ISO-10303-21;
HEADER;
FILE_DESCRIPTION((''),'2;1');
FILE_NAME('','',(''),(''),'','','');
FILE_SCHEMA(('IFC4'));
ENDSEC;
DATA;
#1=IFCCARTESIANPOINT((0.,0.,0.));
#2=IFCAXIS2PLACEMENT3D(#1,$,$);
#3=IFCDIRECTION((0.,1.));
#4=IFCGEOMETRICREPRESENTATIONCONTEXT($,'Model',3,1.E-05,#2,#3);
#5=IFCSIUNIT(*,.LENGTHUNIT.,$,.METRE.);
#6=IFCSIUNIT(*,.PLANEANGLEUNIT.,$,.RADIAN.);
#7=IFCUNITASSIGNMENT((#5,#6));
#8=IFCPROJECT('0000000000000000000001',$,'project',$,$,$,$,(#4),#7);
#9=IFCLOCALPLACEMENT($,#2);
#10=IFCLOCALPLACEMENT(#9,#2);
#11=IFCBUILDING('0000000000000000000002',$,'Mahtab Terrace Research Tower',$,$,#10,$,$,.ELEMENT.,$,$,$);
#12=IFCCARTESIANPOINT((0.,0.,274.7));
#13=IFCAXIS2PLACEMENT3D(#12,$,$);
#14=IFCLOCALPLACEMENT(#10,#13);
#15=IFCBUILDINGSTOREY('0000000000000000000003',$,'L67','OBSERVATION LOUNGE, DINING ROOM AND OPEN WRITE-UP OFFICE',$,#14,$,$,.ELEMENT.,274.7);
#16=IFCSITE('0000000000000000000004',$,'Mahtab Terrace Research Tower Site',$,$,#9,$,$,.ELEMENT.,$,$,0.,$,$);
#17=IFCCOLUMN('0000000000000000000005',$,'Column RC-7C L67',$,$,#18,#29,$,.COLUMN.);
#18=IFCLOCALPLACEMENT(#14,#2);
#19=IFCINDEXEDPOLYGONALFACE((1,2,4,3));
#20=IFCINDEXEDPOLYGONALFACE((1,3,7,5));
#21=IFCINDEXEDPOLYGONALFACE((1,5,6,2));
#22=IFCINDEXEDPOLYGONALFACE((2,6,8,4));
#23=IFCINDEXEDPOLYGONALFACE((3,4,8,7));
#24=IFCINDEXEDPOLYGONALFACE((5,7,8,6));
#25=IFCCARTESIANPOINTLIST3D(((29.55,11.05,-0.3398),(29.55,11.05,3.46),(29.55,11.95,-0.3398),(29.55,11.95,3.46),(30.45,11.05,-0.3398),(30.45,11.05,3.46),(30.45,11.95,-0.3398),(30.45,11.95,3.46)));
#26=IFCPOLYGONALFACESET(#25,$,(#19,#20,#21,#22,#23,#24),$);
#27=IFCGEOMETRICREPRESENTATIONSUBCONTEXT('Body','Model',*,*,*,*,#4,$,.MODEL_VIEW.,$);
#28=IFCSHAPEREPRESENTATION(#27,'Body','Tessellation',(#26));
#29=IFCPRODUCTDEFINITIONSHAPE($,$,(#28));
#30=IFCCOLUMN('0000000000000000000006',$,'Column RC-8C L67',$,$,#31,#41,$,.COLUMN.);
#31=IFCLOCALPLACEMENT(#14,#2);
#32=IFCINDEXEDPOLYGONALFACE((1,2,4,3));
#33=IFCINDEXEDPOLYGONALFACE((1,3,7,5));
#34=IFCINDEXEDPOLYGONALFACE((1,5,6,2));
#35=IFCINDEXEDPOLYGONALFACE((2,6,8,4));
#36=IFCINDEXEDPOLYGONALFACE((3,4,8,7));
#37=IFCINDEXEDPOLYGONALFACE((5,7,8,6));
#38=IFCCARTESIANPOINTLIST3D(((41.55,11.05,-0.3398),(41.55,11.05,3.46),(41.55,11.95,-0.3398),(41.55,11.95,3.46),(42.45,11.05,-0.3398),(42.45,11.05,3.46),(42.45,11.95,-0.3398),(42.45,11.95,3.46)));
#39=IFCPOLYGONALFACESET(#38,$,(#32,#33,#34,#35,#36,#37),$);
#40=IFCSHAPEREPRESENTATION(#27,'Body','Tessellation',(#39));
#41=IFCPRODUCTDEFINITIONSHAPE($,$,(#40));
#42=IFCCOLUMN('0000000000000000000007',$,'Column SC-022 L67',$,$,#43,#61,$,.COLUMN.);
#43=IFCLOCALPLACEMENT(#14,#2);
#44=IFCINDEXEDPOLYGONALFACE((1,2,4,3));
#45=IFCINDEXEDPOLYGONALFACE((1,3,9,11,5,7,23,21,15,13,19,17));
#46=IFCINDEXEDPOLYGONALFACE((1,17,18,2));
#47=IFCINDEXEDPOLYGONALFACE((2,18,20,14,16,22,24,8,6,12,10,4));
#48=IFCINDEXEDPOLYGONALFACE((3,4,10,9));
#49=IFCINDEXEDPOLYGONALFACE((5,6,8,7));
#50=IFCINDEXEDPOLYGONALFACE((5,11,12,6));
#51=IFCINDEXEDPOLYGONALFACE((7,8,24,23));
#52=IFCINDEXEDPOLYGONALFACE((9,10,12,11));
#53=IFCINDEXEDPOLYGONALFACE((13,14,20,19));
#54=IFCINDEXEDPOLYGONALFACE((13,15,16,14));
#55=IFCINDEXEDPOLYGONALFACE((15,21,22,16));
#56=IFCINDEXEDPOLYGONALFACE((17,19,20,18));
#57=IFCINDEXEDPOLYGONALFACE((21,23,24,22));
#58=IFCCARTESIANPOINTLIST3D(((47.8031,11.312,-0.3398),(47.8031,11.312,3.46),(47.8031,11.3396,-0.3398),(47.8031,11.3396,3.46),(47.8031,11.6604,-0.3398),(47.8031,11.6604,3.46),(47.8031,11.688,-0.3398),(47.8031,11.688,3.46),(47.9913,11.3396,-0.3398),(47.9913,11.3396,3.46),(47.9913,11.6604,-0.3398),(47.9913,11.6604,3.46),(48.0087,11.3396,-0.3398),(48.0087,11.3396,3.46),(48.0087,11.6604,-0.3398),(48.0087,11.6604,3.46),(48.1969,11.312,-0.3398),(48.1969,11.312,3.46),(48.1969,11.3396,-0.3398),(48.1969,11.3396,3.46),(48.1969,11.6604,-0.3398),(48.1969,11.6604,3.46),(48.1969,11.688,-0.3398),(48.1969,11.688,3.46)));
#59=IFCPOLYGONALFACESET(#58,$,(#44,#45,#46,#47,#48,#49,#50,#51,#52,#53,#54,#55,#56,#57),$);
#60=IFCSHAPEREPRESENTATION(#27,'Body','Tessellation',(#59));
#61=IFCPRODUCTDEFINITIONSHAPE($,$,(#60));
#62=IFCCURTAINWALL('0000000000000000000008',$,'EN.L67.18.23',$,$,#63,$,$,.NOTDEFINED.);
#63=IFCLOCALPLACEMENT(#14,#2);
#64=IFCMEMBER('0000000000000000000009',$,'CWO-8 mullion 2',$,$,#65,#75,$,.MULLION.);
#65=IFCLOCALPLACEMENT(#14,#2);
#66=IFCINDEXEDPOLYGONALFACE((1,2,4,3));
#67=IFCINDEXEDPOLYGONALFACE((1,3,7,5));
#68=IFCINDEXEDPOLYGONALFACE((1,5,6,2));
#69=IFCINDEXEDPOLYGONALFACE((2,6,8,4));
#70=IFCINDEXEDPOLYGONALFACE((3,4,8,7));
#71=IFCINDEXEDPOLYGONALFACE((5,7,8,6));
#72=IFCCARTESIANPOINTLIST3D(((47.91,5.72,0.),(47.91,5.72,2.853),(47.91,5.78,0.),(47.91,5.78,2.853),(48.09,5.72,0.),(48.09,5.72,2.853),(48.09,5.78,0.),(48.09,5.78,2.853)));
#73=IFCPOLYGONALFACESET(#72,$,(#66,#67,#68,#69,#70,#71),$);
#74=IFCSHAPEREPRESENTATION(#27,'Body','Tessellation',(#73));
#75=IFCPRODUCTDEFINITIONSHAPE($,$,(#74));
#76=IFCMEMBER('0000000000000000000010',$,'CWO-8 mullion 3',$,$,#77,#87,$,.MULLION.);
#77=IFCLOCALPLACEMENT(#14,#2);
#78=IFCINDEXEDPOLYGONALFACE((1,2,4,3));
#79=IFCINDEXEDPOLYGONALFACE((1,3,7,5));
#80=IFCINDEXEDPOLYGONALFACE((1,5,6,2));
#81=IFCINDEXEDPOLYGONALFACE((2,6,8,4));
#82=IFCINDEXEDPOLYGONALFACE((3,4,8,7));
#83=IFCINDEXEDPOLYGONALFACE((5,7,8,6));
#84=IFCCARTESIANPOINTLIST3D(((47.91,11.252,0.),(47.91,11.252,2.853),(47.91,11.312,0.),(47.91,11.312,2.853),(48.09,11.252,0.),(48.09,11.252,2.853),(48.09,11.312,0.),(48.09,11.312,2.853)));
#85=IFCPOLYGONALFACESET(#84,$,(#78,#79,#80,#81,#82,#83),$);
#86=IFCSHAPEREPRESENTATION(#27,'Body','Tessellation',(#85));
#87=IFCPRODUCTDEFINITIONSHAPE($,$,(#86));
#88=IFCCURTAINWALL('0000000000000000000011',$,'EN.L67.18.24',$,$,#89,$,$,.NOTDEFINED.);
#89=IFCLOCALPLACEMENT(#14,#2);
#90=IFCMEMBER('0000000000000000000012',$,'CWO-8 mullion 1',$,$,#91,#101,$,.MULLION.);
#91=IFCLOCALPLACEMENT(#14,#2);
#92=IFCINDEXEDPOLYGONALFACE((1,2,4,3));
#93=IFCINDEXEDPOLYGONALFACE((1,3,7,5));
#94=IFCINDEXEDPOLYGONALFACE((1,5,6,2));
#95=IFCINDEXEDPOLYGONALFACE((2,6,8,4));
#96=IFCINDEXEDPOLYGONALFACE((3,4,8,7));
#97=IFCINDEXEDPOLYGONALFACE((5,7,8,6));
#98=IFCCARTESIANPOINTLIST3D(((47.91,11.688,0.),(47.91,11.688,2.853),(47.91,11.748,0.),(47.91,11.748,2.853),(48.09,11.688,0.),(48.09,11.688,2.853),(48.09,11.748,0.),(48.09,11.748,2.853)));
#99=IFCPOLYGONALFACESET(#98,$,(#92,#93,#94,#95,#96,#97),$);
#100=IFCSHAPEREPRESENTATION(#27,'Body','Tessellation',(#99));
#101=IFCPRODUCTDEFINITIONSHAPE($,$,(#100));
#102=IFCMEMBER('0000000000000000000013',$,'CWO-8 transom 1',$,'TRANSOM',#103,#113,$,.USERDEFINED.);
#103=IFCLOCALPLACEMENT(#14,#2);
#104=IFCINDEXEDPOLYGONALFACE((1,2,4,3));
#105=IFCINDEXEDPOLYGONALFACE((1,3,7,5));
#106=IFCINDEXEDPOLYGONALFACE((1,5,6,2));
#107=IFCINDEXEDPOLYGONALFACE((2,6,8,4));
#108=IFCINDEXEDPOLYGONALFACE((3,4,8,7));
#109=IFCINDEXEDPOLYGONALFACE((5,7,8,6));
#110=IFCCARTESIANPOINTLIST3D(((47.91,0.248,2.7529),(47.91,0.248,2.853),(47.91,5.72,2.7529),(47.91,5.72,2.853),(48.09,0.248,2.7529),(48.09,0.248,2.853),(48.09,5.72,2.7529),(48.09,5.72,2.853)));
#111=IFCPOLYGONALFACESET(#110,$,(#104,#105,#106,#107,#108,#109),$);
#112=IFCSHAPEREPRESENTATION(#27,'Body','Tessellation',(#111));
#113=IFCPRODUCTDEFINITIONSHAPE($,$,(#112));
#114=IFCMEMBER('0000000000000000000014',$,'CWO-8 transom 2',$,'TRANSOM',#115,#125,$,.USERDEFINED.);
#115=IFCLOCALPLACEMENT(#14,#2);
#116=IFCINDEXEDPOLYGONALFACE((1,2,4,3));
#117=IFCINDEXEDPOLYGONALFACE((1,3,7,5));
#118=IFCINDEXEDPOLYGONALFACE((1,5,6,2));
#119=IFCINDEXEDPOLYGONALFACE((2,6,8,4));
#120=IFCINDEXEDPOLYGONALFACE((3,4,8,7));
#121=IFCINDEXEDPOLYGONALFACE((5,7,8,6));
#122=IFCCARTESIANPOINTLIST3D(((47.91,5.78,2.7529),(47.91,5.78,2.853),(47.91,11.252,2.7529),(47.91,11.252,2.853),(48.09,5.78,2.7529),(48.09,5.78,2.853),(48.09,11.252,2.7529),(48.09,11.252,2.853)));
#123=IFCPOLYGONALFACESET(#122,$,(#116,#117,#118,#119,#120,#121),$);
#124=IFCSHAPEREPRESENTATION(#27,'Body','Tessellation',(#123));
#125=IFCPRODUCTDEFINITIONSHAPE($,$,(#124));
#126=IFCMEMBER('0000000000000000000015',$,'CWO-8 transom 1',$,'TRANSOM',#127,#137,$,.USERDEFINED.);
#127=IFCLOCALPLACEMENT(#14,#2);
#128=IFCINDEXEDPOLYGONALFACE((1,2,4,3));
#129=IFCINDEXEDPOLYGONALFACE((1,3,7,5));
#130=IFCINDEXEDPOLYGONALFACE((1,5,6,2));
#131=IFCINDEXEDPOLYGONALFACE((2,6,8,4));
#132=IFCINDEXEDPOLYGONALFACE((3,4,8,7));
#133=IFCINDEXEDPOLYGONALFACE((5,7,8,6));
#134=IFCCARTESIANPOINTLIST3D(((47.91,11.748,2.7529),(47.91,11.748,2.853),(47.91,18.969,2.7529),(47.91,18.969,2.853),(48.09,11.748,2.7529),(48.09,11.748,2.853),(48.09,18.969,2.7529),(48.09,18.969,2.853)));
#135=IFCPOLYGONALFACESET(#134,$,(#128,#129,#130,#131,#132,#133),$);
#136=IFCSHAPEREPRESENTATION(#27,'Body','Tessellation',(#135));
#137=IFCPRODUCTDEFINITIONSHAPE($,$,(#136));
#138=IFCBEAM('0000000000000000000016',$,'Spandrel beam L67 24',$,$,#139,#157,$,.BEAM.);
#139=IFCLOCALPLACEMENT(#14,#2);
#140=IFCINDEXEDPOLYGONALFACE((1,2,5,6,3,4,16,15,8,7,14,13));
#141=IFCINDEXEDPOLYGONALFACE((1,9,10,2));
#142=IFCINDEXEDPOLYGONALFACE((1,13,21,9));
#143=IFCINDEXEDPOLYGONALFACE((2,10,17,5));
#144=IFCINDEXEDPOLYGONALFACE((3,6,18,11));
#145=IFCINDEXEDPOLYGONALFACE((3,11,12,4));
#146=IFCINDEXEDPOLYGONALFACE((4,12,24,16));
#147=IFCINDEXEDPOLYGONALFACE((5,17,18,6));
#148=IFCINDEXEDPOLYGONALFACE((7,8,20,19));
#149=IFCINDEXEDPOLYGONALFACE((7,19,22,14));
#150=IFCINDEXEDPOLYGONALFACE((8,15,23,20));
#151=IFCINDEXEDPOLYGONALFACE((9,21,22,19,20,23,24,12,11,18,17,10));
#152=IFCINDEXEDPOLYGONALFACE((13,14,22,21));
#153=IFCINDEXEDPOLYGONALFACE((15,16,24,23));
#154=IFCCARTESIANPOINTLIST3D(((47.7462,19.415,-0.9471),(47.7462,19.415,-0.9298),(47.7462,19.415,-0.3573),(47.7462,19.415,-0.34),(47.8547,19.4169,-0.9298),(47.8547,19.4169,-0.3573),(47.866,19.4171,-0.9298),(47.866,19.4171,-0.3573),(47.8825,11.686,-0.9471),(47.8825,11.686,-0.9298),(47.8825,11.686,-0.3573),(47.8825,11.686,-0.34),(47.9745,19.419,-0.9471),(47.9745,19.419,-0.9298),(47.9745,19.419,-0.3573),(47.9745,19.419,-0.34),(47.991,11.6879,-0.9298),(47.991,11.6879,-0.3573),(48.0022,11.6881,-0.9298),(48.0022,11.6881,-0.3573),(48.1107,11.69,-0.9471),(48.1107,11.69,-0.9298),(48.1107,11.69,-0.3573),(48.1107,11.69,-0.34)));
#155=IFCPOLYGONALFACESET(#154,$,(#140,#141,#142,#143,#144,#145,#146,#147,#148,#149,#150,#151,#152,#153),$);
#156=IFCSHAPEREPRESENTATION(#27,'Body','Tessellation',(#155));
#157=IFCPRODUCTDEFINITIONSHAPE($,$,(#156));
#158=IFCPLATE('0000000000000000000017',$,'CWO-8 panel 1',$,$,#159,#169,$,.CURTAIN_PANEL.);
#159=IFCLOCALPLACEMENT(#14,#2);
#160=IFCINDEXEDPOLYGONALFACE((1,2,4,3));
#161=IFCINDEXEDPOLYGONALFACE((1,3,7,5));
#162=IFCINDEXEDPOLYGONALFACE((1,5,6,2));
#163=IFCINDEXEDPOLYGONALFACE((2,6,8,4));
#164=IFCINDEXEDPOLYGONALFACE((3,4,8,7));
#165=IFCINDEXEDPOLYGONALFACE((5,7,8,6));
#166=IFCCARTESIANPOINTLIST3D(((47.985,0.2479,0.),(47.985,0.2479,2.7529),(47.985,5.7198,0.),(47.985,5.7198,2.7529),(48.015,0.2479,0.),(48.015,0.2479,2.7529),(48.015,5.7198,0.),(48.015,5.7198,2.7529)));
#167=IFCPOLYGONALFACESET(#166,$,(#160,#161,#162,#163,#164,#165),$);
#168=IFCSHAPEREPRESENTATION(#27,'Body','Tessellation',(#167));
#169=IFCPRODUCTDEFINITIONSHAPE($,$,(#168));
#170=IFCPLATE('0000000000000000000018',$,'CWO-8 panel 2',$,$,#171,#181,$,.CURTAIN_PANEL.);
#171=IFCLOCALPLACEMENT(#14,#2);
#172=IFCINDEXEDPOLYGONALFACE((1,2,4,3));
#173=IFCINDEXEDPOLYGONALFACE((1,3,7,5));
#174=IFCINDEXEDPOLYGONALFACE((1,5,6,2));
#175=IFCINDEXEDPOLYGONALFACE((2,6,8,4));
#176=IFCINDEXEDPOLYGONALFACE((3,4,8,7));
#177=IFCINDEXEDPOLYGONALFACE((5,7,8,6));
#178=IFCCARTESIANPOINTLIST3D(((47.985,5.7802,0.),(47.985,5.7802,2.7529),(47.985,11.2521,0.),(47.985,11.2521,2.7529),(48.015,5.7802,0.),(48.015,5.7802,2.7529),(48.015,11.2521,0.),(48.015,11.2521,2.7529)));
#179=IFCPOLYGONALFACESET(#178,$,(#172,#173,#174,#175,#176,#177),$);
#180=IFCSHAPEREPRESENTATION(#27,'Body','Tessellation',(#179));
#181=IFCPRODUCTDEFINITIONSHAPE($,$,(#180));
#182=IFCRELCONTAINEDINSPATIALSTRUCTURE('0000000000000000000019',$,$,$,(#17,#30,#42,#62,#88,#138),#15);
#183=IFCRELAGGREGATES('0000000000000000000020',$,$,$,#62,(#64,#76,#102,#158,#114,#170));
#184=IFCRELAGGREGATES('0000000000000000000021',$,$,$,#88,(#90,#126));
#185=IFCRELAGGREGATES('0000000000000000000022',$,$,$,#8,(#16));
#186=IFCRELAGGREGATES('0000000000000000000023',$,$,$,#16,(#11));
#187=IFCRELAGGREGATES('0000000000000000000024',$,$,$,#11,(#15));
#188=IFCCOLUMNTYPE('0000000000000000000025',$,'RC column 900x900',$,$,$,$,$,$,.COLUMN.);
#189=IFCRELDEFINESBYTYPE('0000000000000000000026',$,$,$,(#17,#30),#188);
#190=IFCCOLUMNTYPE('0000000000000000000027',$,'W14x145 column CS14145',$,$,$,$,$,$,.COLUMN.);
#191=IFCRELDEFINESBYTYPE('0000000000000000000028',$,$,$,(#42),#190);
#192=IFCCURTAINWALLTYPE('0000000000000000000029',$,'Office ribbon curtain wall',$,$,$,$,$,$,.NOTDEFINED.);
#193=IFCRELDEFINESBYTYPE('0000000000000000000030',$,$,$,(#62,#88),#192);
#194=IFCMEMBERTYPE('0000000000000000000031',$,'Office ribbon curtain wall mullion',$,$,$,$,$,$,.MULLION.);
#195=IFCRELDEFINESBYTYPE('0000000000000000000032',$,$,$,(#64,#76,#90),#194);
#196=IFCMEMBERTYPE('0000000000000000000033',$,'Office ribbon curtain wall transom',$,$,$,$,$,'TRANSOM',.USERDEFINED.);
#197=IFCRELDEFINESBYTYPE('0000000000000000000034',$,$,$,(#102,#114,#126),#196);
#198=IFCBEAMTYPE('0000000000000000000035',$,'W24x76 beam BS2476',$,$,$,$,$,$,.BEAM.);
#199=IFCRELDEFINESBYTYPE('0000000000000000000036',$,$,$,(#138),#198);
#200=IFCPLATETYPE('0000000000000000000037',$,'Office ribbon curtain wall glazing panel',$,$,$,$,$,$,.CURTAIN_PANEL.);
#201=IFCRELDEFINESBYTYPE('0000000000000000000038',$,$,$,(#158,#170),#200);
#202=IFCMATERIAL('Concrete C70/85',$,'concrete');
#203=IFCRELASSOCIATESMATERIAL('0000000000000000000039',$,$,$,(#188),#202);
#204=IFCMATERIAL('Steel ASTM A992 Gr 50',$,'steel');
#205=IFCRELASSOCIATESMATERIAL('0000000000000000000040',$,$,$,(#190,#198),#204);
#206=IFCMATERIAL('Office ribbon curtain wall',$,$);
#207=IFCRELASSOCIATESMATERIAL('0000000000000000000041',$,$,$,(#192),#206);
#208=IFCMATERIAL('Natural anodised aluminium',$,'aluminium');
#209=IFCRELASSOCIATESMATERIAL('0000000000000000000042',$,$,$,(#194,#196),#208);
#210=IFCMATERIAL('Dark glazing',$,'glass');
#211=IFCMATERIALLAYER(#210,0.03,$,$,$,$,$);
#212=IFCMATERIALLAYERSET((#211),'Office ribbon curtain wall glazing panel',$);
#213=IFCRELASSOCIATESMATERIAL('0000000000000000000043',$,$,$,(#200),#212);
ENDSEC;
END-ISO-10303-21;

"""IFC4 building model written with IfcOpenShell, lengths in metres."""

from ifc_helpers import new_model, si_unit, direction, frame, origin, origin_2d, place, context, subcontext, project, spatial, rectangle, i_section, extrude, material, layer, layer_set, material_profile, profile_set, type_object, element, aggregate, save


model = new_model("IFC4")

# Units and contexts
model_context = context("Model", 3, precision=1e-05, world=origin(), true_north=direction((0.0, 1.0)))
body_context = subcontext(model_context, "Body", "Model", "MODEL_VIEW")
ifc_project = project(units=[si_unit("LENGTHUNIT", "METRE"), si_unit("PLANEANGLEUNIT", "RADIAN")], contexts=[model_context])

# Site, building, storey
site_placement = place(None, origin())
site = spatial("IfcSite", under=ifc_project, at=site_placement, Name="Mahtab Terrace Research Tower Site", CompositionType="ELEMENT", RefElevation=0.0)
building_placement = place(site_placement, origin())
building = spatial("IfcBuilding", under=site, at=building_placement, Name="Mahtab Terrace Research Tower", CompositionType="ELEMENT")
storey_placement = place(building_placement, frame((0.0, 0.0, 274.7)))
storey = spatial("IfcBuildingStorey", under=building, at=storey_placement, Name="L67", Description="OBSERVATION LOUNGE, DINING ROOM AND OPEN WRITE-UP OFFICE", CompositionType="ELEMENT", Elevation=274.7)

# Columns
ifc_material_1 = material(Name="Concrete C70/85", Category="concrete")
ifc_material_profile_1 = material_profile(ifc_material_1, rectangle(XDim=0.8999, YDim=0.8999, at=origin_2d()), Name="RC column 900x900")
ifc_profile_set_1 = profile_set([ifc_material_profile_1], Name="Concrete C70/85")
column_type_1 = type_object("IfcColumnType", Name="RC column 900x900", PredefinedType="COLUMN", material=ifc_profile_set_1)
for number, where, z_axis, x_axis, name in (
    (1, (30.0, 11.5, -0.3398), (0.0, 0.0, 1.0), (1.0, 0.0, 0.0), "Column RC-7C L67"),
    (2, (42.0, 11.5, -0.3398), (0.0, 0.0, 1.0), (1.0, 0.0, 0.0), "Column RC-8C L67"),
):
    element("IfcColumn", number, at=place(storey_placement, frame(where, z_axis=z_axis, x_axis=x_axis)), inside=storey, type_object=column_type_1, Name=name, PredefinedType="COLUMN", context=body_context, shape_type="SweptSolid", body=[
        extrude(rectangle(XDim=0.8999, YDim=0.8999, at=origin_2d()), origin(), (0.0, 0.0, 1.0), 3.7998),
    ])
ifc_material_2 = material(Name="Steel ASTM A992 Gr 50", Category="steel")
ifc_material_profile_2 = material_profile(ifc_material_2, i_section(OverallWidth=0.3938, OverallDepth=0.376, WebThickness=0.0173, FlangeThickness=0.0276, at=origin_2d()), Name="W14X145")
ifc_profile_set_2 = profile_set([ifc_material_profile_2], Name="Steel ASTM A992 Gr 50")
column_type_2 = type_object("IfcColumnType", Name="W14x145 column CS14145", PredefinedType="COLUMN", material=ifc_profile_set_2)
column_placement = place(storey_placement, frame((48.0, 11.5, -0.3398), z_axis=(0.0, 0.0, 1.0), x_axis=(1.0, 0.0, 0.0)))
element("IfcColumn", 3, at=column_placement, inside=storey, type_object=column_type_2, Name="Column SC-022 L67", PredefinedType="COLUMN", context=body_context, shape_type="SweptSolid", body=[
    extrude(i_section(OverallWidth=0.3938, OverallDepth=0.376, WebThickness=0.0173, FlangeThickness=0.0276, at=origin_2d()), origin(), (0.0, 0.0, 1.0), 3.7998),
])

# Curtain wall, members
ifc_material_3 = material(Name="Office ribbon curtain wall")
curtain_wall_type = type_object("IfcCurtainWallType", Name="Office ribbon curtain wall", PredefinedType="NOTDEFINED", material=ifc_material_3)
curtain_wall_1_placement = place(storey_placement, origin())
curtain_wall_1 = element("IfcCurtainWall", 4, at=curtain_wall_1_placement, inside=storey, type_object=curtain_wall_type, Name="EN.L67.18.23", PredefinedType="NOTDEFINED")
ifc_material_4 = material(Name="Natural anodised aluminium", Category="aluminium")
ifc_material_profile_3 = material_profile(ifc_material_4, rectangle(XDim=0.1799, YDim=0.0601, at=origin_2d()), Name="MULLION 60x180")
ifc_profile_set_3 = profile_set([ifc_material_profile_3], Name="Natural anodised aluminium")
member_type_1 = type_object("IfcMemberType", Name="Office ribbon curtain wall mullion", PredefinedType="MULLION", material=ifc_profile_set_3)
member_1_placement = place(storey_placement, frame((48.0, 5.75, 0.0), z_axis=(0.0, 0.0, 1.0), x_axis=(-1.0, 0.0, 0.0)))
member_1 = element("IfcMember", 5, at=member_1_placement, type_object=member_type_1, Name="CWO-8 mullion 2", PredefinedType="MULLION", context=body_context, shape_type="SweptSolid", body=[
    extrude(rectangle(XDim=0.1799, YDim=0.0601, at=origin_2d()), origin(), (0.0, 0.0, 1.0), 2.853),
])
member_2_placement = place(storey_placement, frame((48.0, 11.282, 0.0), z_axis=(0.0, 0.0, 1.0), x_axis=(-1.0, 0.0, 0.0)))
member_2 = element("IfcMember", 6, at=member_2_placement, type_object=member_type_1, Name="CWO-8 mullion 3", PredefinedType="MULLION", context=body_context, shape_type="SweptSolid", body=[
    extrude(rectangle(XDim=0.1799, YDim=0.0601, at=origin_2d()), origin(), (0.0, 0.0, 1.0), 2.853),
])

# Curtain wall, member
curtain_wall_2_placement = place(storey_placement, origin())
curtain_wall_2 = element("IfcCurtainWall", 7, at=curtain_wall_2_placement, inside=storey, type_object=curtain_wall_type, Name="EN.L67.18.24", PredefinedType="NOTDEFINED")
member_3_placement = place(storey_placement, frame((48.0, 11.718, 0.0), z_axis=(0.0, 0.0, 1.0), x_axis=(-1.0, 0.0, 0.0)))
member_3 = element("IfcMember", 8, at=member_3_placement, type_object=member_type_1, Name="CWO-8 mullion 1", PredefinedType="MULLION", context=body_context, shape_type="SweptSolid", body=[
    extrude(rectangle(XDim=0.1799, YDim=0.0601, at=origin_2d()), origin(), (0.0, 0.0, 1.0), 2.853),
])

# Members
ifc_material_profile_4 = material_profile(ifc_material_4, rectangle(XDim=0.1799, YDim=0.1001, at=origin_2d()), Name="TRANSOM 100x180")
ifc_profile_set_4 = profile_set([ifc_material_profile_4], Name="Natural anodised aluminium")
member_type_2 = type_object("IfcMemberType", Name="Office ribbon curtain wall transom", ElementType="TRANSOM", PredefinedType="USERDEFINED", material=ifc_profile_set_4)
member_4_placement = place(storey_placement, frame((48.0, 0.248, 2.803), z_axis=(0.0, 1.0, 0.0), x_axis=(-1.0, 0.0, 0.0)))
member_4 = element("IfcMember", 9, at=member_4_placement, type_object=member_type_2, Name="CWO-8 transom 1", ObjectType="TRANSOM", PredefinedType="USERDEFINED", context=body_context, shape_type="SweptSolid", body=[
    extrude(rectangle(XDim=0.1799, YDim=0.1001, at=origin_2d()), origin(), (0.0, 0.0, 1.0), 5.4719),
])
member_5_placement = place(storey_placement, frame((48.0, 5.78, 2.803), z_axis=(0.0, 1.0, 0.0), x_axis=(-1.0, 0.0, 0.0)))
member_5 = element("IfcMember", 10, at=member_5_placement, type_object=member_type_2, Name="CWO-8 transom 2", ObjectType="TRANSOM", PredefinedType="USERDEFINED", context=body_context, shape_type="SweptSolid", body=[
    extrude(rectangle(XDim=0.1799, YDim=0.1001, at=origin_2d()), origin(), (0.0, 0.0, 1.0), 5.4719),
])
member_6_placement = place(storey_placement, frame((48.0, 11.748, 2.803), z_axis=(0.0, 1.0, 0.0), x_axis=(-1.0, 0.0, 0.0)))
member_6 = element("IfcMember", 11, at=member_6_placement, type_object=member_type_2, Name="CWO-8 transom 1", ObjectType="TRANSOM", PredefinedType="USERDEFINED", context=body_context, shape_type="SweptSolid", body=[
    extrude(rectangle(XDim=0.1799, YDim=0.1001, at=origin_2d()), origin(), (0.0, 0.0, 1.0), 7.2209),
])

# Beam
ifc_material_profile_5 = material_profile(ifc_material_2, i_section(OverallWidth=0.2283, OverallDepth=0.6072, WebThickness=0.0112, FlangeThickness=0.0173, at=origin_2d()), Name="W24X76")
ifc_profile_set_5 = profile_set([ifc_material_profile_5], Name="Steel ASTM A992 Gr 50")
beam_type = type_object("IfcBeamType", Name="W24x76 beam BS2476", PredefinedType="BEAM", material=ifc_profile_set_5)
beam_placement = place(storey_placement, frame((47.9966, 11.688, -0.6436), z_axis=(-0.017623, 0.999845, 0.0), x_axis=(-0.999845, -0.017623, 0.0)))
element("IfcBeam", 12, at=beam_placement, inside=storey, type_object=beam_type, Name="Spandrel beam L67 24", PredefinedType="BEAM", context=body_context, shape_type="SweptSolid", body=[
    extrude(i_section(OverallWidth=0.2283, OverallDepth=0.6072, WebThickness=0.0112, FlangeThickness=0.0173, at=origin_2d()), origin(), (0.0, 0.0, 1.0), 7.7302),
])

# Plates
ifc_material_5 = material(Name="Dark glazing", Category="glass")
ifc_layer_1 = layer(ifc_material_5, 0.03)
ifc_layer_set_1 = layer_set([ifc_layer_1], Name="Office ribbon curtain wall glazing panel")
plate_type = type_object("IfcPlateType", Name="Office ribbon curtain wall glazing panel", PredefinedType="CURTAIN_PANEL", material=ifc_layer_set_1)
plate_1_placement = place(storey_placement, frame((48.0, 2.9839, 0.0), z_axis=(0.0, 0.0, 1.0), x_axis=(0.0, 1.0, 0.0)))
plate_1 = element("IfcPlate", 13, at=plate_1_placement, type_object=plate_type, Name="CWO-8 panel 1", PredefinedType="CURTAIN_PANEL", context=body_context, shape_type="SweptSolid", body=[
    extrude(rectangle(XDim=5.4719, YDim=0.03, at=origin_2d()), origin(), (0.0, 0.0, 1.0), 2.7529),
])
plate_2_placement = place(storey_placement, frame((48.0, 8.5161, 0.0), z_axis=(0.0, 0.0, 1.0), x_axis=(0.0, 1.0, 0.0)))
plate_2 = element("IfcPlate", 14, at=plate_2_placement, type_object=plate_type, Name="CWO-8 panel 2", PredefinedType="CURTAIN_PANEL", context=body_context, shape_type="SweptSolid", body=[
    extrude(rectangle(XDim=5.4719, YDim=0.03, at=origin_2d()), origin(), (0.0, 0.0, 1.0), 2.7529),
])
aggregate(curtain_wall_1, [member_1, member_2, member_4, plate_1, member_5, plate_2])
aggregate(curtain_wall_2, [member_3, member_6])

save(model, "model.ifc")
